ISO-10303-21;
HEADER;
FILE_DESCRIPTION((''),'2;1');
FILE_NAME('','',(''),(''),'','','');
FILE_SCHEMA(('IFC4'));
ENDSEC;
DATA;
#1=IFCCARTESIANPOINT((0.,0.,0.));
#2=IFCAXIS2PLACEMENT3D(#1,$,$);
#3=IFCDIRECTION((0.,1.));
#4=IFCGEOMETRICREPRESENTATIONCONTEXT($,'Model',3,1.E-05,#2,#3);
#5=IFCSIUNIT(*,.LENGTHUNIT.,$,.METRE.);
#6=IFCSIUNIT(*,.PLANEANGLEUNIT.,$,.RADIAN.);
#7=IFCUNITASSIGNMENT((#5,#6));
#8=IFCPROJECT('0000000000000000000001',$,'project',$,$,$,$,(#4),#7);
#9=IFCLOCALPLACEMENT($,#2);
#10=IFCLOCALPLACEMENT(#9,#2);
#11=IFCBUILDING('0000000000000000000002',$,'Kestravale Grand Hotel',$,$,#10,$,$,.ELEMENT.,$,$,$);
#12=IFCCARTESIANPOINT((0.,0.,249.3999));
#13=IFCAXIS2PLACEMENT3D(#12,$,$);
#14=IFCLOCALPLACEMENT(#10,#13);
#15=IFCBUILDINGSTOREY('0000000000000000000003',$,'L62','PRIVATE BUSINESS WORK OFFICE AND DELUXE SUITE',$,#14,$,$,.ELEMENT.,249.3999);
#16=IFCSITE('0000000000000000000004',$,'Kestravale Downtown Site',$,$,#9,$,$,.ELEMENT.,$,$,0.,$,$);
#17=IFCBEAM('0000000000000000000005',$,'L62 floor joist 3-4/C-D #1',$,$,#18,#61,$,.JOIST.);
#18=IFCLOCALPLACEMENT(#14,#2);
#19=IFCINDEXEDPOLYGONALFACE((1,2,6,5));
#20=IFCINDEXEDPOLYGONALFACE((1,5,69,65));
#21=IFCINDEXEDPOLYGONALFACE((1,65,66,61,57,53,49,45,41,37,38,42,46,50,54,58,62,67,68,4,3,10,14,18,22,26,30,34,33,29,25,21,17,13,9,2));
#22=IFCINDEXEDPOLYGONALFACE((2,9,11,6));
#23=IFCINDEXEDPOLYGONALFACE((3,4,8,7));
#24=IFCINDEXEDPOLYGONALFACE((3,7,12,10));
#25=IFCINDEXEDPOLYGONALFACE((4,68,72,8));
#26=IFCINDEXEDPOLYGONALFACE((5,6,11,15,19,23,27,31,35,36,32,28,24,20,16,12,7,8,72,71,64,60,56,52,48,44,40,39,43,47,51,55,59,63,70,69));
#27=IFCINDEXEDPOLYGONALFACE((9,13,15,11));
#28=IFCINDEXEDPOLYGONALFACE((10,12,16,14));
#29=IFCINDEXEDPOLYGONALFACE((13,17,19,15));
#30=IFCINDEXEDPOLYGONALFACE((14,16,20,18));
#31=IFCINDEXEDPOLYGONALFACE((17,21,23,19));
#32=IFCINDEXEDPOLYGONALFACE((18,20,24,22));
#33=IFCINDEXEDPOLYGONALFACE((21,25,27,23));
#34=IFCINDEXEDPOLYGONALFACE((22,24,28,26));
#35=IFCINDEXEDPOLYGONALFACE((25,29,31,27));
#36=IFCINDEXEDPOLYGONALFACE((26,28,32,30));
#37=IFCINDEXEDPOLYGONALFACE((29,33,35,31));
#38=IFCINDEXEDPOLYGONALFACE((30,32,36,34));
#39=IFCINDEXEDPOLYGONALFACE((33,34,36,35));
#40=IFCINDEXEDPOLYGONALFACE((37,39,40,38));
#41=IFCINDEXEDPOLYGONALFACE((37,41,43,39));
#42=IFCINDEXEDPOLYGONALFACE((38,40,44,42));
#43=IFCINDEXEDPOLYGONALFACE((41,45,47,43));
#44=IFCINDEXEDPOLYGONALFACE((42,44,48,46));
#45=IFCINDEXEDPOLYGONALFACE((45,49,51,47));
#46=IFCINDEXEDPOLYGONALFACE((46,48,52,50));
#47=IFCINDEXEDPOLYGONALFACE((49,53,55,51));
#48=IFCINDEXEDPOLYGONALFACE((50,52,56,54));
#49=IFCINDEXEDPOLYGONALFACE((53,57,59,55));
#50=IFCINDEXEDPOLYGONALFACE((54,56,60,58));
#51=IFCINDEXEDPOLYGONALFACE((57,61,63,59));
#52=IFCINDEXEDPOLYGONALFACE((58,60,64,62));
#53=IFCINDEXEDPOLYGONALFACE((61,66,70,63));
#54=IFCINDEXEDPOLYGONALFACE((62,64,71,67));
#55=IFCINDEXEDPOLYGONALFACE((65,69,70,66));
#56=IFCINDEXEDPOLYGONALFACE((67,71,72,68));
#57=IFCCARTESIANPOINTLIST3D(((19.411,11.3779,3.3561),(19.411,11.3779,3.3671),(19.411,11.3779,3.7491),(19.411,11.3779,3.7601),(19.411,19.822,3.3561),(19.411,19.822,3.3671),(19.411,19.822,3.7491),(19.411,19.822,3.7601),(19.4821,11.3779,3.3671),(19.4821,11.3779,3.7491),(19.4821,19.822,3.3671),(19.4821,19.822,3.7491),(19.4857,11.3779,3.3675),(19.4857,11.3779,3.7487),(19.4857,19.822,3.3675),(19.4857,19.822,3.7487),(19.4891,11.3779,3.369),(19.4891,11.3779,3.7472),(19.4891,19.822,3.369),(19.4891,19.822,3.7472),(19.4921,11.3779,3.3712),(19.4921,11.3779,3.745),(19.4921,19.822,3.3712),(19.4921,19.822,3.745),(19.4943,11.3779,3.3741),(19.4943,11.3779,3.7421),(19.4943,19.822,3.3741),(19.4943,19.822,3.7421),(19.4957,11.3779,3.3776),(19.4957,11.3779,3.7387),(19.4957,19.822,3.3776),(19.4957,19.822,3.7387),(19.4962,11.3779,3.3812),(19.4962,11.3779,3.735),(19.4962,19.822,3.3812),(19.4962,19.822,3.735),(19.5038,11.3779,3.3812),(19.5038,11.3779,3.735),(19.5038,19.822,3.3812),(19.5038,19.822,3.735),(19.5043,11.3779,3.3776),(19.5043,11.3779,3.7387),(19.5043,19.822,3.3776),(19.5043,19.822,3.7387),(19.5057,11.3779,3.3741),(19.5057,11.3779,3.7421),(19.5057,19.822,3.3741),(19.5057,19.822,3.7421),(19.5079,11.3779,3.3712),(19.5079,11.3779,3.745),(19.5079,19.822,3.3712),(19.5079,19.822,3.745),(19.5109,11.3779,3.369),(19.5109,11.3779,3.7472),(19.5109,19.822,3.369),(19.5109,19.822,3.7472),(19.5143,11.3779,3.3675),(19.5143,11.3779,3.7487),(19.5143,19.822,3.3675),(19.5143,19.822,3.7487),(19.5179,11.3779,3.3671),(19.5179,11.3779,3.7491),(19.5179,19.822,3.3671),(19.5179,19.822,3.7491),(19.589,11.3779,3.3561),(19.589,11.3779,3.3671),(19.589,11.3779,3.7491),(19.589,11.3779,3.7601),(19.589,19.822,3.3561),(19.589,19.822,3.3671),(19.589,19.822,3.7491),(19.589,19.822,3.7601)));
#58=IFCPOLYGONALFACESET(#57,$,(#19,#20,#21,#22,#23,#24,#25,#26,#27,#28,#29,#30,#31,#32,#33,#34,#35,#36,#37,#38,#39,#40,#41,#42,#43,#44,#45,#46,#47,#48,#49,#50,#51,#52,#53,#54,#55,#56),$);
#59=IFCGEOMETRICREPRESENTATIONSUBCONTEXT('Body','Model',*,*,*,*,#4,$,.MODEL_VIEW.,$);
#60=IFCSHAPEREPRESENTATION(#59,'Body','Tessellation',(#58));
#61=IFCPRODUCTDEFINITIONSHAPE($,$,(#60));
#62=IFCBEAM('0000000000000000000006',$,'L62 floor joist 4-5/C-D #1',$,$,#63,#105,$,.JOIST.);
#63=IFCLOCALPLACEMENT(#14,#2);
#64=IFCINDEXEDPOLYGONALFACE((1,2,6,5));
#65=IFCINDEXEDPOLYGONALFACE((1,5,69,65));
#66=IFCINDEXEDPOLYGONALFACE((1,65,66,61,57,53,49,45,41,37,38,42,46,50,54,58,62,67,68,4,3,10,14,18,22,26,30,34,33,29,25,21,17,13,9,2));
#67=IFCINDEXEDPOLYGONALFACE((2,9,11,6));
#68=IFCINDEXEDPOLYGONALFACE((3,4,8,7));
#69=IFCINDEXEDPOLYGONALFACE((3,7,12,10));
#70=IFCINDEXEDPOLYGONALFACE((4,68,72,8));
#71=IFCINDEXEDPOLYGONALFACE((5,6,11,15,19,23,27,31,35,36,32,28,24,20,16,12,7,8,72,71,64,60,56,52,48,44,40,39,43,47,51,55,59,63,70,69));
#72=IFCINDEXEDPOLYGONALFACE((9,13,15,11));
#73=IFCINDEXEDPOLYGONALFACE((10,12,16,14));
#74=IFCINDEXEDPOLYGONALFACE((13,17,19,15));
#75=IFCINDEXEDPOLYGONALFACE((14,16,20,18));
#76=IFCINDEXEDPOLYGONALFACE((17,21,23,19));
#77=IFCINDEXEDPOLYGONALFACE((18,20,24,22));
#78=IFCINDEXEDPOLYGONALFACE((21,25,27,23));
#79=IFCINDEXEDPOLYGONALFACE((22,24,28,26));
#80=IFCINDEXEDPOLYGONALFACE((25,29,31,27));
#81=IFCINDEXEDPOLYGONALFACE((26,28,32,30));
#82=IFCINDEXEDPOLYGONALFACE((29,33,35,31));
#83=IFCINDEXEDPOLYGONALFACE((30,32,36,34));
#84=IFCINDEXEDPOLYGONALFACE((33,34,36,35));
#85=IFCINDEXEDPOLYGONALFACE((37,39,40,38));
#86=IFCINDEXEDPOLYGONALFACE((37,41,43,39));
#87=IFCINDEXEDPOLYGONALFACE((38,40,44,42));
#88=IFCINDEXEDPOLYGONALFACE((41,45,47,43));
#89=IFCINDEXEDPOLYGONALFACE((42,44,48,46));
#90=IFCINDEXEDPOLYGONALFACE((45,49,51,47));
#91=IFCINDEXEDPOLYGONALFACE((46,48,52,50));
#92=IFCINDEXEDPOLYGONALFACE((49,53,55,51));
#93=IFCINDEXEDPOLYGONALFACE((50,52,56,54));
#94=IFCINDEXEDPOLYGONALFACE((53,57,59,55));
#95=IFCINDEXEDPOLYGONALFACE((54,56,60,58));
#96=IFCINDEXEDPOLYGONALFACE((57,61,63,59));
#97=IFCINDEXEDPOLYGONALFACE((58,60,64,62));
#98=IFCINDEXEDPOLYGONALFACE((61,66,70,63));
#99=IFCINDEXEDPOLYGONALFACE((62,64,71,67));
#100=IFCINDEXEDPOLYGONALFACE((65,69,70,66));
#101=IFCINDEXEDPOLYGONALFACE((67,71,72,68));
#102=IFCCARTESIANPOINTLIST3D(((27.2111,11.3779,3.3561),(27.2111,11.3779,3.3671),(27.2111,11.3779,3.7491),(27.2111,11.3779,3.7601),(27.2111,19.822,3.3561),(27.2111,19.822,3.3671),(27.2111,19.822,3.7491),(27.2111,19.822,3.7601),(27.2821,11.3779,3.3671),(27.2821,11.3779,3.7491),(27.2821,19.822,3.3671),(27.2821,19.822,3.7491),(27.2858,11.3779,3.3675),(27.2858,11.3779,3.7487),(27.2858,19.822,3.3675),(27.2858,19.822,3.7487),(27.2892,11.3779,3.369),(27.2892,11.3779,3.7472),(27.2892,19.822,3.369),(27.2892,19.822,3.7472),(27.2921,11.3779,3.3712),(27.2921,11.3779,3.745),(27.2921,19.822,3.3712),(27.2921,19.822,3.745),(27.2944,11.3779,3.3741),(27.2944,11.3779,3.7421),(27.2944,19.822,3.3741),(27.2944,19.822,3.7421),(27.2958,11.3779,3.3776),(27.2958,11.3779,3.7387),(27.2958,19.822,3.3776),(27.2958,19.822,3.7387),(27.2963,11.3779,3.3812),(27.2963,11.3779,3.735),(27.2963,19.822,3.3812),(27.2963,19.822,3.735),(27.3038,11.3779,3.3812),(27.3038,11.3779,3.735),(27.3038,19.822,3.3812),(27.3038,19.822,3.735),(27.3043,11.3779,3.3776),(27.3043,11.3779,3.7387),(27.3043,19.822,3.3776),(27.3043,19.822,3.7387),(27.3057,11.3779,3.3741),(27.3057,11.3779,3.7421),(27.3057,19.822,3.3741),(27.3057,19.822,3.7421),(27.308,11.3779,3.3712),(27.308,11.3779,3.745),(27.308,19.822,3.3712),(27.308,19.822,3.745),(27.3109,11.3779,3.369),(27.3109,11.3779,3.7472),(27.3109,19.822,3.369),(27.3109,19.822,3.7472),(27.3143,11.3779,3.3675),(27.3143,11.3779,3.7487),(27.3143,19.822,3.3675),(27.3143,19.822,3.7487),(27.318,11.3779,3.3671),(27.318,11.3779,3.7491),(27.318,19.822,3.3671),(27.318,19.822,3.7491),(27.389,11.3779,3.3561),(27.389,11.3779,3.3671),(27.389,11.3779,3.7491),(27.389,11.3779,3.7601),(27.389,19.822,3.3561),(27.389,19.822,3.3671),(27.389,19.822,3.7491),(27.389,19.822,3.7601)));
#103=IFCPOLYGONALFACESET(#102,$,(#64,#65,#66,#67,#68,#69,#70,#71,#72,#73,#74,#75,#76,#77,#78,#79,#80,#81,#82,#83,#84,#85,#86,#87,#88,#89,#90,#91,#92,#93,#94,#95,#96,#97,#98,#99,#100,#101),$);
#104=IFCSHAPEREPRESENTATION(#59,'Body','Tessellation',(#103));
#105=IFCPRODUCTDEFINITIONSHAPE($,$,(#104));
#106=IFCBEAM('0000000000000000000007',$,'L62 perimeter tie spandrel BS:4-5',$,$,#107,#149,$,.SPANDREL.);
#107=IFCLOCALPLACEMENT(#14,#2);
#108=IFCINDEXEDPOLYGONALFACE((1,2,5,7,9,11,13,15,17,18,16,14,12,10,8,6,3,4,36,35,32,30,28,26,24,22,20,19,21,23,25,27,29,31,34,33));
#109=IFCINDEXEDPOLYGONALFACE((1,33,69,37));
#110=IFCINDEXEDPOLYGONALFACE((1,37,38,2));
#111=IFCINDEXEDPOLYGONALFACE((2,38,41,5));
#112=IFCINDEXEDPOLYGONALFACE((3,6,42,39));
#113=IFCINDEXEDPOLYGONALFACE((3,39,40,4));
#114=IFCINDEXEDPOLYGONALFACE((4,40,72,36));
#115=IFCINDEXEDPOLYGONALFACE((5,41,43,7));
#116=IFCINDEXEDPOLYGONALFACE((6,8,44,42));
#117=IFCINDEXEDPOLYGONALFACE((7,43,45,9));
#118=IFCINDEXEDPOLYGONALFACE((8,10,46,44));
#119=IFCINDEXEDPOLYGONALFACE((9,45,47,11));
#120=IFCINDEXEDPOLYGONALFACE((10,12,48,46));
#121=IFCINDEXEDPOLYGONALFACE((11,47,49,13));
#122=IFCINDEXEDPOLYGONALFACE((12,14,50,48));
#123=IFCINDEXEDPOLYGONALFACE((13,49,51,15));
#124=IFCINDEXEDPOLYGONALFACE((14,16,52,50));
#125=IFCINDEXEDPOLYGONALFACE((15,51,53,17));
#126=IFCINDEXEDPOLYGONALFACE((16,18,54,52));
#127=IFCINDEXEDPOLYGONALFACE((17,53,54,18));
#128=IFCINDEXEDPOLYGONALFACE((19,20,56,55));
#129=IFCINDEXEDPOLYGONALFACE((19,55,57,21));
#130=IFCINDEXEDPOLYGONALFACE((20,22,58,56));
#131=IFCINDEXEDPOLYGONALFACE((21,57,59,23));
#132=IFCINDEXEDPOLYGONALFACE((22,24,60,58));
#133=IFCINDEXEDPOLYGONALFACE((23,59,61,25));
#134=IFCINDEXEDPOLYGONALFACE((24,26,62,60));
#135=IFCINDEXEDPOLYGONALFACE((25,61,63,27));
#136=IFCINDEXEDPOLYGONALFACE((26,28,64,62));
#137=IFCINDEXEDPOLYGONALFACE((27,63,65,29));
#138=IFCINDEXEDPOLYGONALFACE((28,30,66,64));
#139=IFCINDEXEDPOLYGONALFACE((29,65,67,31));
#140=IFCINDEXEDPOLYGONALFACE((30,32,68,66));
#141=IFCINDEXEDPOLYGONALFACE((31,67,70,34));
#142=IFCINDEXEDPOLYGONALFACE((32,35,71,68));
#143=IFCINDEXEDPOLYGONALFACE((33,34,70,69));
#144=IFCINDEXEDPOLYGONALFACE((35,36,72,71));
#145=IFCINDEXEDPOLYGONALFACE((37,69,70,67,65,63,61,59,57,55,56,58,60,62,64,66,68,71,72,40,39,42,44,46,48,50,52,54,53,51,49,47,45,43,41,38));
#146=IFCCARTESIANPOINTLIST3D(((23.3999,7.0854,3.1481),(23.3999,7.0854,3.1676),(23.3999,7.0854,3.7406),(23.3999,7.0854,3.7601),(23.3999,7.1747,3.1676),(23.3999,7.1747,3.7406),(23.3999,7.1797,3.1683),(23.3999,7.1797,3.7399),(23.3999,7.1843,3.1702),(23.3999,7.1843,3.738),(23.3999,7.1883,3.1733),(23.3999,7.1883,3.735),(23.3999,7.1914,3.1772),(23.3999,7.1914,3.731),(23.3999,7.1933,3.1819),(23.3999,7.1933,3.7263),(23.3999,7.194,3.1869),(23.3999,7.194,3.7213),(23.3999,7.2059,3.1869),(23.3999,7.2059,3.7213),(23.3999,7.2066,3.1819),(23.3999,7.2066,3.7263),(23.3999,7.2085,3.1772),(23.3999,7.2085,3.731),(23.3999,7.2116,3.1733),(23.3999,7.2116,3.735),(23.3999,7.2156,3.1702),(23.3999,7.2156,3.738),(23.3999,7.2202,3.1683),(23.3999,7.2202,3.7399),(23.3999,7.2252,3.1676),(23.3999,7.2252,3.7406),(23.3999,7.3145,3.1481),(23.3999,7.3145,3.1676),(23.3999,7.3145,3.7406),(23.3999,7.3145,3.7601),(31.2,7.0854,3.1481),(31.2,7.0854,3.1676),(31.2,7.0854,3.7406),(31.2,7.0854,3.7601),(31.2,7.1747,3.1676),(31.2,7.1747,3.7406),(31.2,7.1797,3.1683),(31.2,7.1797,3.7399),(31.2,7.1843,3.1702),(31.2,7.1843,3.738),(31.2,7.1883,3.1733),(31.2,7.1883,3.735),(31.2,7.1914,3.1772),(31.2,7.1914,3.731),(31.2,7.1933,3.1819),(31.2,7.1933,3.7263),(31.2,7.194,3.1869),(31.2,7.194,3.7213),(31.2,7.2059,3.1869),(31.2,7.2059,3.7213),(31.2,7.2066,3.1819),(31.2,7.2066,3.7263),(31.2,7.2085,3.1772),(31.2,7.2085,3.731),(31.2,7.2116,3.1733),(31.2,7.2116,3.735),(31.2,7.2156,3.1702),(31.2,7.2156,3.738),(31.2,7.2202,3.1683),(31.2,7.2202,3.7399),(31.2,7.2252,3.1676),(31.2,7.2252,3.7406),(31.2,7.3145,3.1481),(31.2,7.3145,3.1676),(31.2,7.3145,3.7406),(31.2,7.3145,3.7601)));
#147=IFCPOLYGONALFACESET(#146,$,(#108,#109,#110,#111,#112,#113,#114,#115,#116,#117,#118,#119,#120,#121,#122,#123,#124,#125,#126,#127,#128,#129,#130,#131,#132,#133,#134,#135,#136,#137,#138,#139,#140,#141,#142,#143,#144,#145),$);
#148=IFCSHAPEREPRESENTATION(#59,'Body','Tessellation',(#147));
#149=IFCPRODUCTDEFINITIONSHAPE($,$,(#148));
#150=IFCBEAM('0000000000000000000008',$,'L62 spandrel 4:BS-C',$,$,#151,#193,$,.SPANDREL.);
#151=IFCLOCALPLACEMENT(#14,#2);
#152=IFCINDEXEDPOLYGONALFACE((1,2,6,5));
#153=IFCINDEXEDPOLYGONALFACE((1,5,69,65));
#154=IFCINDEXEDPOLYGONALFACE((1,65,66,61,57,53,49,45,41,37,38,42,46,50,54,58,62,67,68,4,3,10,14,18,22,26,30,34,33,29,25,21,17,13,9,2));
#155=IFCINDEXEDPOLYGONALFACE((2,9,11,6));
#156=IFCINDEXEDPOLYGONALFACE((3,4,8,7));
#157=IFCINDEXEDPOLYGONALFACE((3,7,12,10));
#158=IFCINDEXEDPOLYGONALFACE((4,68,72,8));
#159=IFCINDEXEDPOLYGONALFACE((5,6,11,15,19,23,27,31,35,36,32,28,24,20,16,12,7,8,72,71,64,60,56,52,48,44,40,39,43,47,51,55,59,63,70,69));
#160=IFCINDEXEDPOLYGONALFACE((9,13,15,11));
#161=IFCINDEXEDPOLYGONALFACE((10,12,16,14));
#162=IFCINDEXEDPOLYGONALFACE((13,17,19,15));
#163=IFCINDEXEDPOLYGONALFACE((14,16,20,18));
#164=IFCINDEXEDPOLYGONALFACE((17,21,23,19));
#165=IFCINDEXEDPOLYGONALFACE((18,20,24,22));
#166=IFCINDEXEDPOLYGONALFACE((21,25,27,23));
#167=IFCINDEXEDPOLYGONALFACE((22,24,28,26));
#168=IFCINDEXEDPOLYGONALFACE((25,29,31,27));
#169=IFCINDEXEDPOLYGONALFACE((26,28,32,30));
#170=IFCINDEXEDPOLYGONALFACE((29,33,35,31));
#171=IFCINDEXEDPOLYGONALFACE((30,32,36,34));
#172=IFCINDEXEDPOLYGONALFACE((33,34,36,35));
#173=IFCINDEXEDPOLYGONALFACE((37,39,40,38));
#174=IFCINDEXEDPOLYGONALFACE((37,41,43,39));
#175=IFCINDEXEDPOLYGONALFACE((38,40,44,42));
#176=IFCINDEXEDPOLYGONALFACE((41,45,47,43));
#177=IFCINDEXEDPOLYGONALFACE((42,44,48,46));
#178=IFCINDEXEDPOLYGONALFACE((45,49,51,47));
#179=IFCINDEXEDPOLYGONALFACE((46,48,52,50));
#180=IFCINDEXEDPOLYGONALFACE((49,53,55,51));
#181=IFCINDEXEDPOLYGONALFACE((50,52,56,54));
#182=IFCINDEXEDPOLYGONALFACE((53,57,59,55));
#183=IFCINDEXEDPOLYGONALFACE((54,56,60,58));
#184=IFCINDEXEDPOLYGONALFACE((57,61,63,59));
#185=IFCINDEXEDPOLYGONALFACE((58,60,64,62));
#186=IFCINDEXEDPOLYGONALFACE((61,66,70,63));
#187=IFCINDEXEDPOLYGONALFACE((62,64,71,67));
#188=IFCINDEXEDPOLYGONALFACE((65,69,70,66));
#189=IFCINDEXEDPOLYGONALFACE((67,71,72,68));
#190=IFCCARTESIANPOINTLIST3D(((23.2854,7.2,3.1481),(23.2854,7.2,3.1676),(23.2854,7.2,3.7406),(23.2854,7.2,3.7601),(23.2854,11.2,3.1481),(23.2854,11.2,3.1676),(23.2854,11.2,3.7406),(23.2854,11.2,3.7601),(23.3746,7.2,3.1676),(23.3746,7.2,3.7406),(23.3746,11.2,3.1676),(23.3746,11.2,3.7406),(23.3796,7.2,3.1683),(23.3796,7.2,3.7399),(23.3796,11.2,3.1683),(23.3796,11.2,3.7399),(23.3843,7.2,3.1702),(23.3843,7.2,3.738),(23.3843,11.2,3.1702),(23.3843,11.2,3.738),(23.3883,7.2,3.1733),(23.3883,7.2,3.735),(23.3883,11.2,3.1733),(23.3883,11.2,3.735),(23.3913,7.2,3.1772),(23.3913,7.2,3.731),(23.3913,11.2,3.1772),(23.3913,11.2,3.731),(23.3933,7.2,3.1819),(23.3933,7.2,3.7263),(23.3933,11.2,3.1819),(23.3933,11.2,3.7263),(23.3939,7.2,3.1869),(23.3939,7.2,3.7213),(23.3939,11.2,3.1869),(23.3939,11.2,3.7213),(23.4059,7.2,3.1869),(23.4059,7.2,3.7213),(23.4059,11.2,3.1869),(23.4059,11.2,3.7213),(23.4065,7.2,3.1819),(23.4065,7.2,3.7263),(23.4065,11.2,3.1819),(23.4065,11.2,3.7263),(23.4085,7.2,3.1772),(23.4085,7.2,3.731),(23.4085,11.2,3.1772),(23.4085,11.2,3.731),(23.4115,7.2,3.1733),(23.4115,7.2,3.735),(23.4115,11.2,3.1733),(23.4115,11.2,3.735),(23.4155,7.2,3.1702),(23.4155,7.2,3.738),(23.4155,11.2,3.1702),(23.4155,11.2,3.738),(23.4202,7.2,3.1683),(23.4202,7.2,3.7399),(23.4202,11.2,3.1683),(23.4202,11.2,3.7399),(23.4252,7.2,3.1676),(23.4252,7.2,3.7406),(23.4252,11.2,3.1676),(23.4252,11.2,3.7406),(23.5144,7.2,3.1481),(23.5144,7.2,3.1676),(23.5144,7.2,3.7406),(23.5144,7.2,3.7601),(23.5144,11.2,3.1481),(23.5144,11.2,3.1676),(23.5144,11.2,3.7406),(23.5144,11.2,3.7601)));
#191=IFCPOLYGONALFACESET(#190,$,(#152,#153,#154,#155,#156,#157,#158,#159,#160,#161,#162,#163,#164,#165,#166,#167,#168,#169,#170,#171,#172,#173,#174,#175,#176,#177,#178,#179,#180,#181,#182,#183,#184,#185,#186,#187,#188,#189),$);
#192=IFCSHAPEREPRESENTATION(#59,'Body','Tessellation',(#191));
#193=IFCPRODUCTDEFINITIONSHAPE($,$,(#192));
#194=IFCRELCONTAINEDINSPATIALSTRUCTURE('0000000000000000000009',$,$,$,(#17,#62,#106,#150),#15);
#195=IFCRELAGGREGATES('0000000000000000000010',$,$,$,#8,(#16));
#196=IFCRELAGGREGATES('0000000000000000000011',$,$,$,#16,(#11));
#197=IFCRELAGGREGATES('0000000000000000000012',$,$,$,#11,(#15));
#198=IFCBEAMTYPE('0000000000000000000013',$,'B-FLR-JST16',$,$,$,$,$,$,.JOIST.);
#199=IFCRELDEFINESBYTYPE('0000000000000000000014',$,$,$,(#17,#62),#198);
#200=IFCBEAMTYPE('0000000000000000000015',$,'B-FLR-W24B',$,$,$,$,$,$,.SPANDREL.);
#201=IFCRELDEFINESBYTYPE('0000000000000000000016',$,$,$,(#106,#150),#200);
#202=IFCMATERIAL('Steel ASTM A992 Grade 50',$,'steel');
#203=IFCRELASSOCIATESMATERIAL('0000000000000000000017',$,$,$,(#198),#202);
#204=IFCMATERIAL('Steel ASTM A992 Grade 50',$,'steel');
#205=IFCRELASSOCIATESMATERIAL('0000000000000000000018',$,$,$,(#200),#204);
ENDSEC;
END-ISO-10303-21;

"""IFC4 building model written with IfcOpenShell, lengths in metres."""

from ifc_helpers import new_model, si_unit, direction, frame, origin, origin_2d, place, context, subcontext, project, spatial, i_section, extrude, material, material_profile, profile_set, type_object, element, save


model = new_model("IFC4")

# Units and contexts
model_context = context("Model", 3, precision=1e-05, world=origin(), true_north=direction((0.0, 1.0)))
body_context = subcontext(model_context, "Body", "Model", "MODEL_VIEW")
ifc_project = project(units=[si_unit("LENGTHUNIT", "METRE"), si_unit("PLANEANGLEUNIT", "RADIAN")], contexts=[model_context])

# Site, building, storey
site_placement = place(None, origin())
site = spatial("IfcSite", under=ifc_project, at=site_placement, Name="Kestravale Downtown Site", CompositionType="ELEMENT", RefElevation=0.0)
building_placement = place(site_placement, origin())
building = spatial("IfcBuilding", under=site, at=building_placement, Name="Kestravale Grand Hotel", CompositionType="ELEMENT")
storey_placement = place(building_placement, frame((0.0, 0.0, 249.3999)))
storey = spatial("IfcBuildingStorey", under=building, at=storey_placement, Name="L62", Description="PRIVATE BUSINESS WORK OFFICE AND DELUXE SUITE", CompositionType="ELEMENT", Elevation=249.3999)

# Beams
ifc_material_1 = material(Name="Steel ASTM A992 Grade 50", Category="steel")
ifc_material_profile_1 = material_profile(ifc_material_1, i_section(OverallWidth=0.178, OverallDepth=0.4041, WebThickness=0.0076, FlangeThickness=0.011, FilletRadius=0.0142, at=origin_2d()))
ifc_profile_set_1 = profile_set([ifc_material_profile_1], Name="Steel ASTM A992 Grade 50")
beam_type_1 = type_object("IfcBeamType", Name="B-FLR-JST16", PredefinedType="JOIST", material=ifc_profile_set_1)
for number, where, z_axis, x_axis, name in (
    (1, (19.5, 11.3779, 3.5581), (0.0, 1.0, 0.0), (-1.0, 0.0, 0.0), "L62 floor joist 3-4/C-D #1"),
    (2, (27.3, 11.3779, 3.5581), (0.0, 1.0, 0.0), (-1.0, 0.0, 0.0), "L62 floor joist 4-5/C-D #1"),
):
    element("IfcBeam", number, at=place(storey_placement, frame(where, z_axis=z_axis, x_axis=x_axis)), inside=storey, type_object=beam_type_1, Name=name, PredefinedType="JOIST", context=body_context, shape_type="SweptSolid", body=[
        extrude(i_section(OverallWidth=0.178, OverallDepth=0.4041, WebThickness=0.0076, FlangeThickness=0.011, FilletRadius=0.0142, at=origin_2d()), origin(), (0.0, 0.0, 1.0), 8.4441),
    ])
ifc_material_2 = material(Name="Steel ASTM A992 Grade 50", Category="steel")
ifc_material_profile_2 = material_profile(ifc_material_2, i_section(OverallWidth=0.229, OverallDepth=0.6121, WebThickness=0.012, FlangeThickness=0.0195, FilletRadius=0.0193, at=origin_2d()))
ifc_profile_set_2 = profile_set([ifc_material_profile_2], Name="Steel ASTM A992 Grade 50")
beam_type_2 = type_object("IfcBeamType", Name="B-FLR-W24B", PredefinedType="SPANDREL", material=ifc_profile_set_2)
beam_1_placement = place(storey_placement, frame((23.3999, 7.2, 3.4541), z_axis=(1.0, 0.0, 0.0), x_axis=(0.0, 1.0, 0.0)))
element("IfcBeam", 3, at=beam_1_placement, inside=storey, type_object=beam_type_2, Name="L62 perimeter tie spandrel BS:4-5", PredefinedType="SPANDREL", context=body_context, shape_type="SweptSolid", body=[
    extrude(i_section(OverallWidth=0.229, OverallDepth=0.6121, WebThickness=0.012, FlangeThickness=0.0195, FilletRadius=0.0193, at=origin_2d()), origin(), (0.0, 0.0, 1.0), 7.8),
])
for number, where, z_axis, x_axis, name in (
    (4, (23.3999, 7.2, 3.4541), (0.0, 1.0, 0.0), (-1.0, 0.0, 0.0), "L62 spandrel 4:BS-C"),
):
    element("IfcBeam", number, at=place(storey_placement, frame(where, z_axis=z_axis, x_axis=x_axis)), inside=storey, type_object=beam_type_2, Name=name, PredefinedType="SPANDREL", context=body_context, shape_type="SweptSolid", body=[
        extrude(i_section(OverallWidth=0.229, OverallDepth=0.6121, WebThickness=0.012, FlangeThickness=0.0195, FilletRadius=0.0193, at=origin_2d()), origin(), (0.0, 0.0, 1.0), 4.0),
    ])

save(model, "model.ifc")
